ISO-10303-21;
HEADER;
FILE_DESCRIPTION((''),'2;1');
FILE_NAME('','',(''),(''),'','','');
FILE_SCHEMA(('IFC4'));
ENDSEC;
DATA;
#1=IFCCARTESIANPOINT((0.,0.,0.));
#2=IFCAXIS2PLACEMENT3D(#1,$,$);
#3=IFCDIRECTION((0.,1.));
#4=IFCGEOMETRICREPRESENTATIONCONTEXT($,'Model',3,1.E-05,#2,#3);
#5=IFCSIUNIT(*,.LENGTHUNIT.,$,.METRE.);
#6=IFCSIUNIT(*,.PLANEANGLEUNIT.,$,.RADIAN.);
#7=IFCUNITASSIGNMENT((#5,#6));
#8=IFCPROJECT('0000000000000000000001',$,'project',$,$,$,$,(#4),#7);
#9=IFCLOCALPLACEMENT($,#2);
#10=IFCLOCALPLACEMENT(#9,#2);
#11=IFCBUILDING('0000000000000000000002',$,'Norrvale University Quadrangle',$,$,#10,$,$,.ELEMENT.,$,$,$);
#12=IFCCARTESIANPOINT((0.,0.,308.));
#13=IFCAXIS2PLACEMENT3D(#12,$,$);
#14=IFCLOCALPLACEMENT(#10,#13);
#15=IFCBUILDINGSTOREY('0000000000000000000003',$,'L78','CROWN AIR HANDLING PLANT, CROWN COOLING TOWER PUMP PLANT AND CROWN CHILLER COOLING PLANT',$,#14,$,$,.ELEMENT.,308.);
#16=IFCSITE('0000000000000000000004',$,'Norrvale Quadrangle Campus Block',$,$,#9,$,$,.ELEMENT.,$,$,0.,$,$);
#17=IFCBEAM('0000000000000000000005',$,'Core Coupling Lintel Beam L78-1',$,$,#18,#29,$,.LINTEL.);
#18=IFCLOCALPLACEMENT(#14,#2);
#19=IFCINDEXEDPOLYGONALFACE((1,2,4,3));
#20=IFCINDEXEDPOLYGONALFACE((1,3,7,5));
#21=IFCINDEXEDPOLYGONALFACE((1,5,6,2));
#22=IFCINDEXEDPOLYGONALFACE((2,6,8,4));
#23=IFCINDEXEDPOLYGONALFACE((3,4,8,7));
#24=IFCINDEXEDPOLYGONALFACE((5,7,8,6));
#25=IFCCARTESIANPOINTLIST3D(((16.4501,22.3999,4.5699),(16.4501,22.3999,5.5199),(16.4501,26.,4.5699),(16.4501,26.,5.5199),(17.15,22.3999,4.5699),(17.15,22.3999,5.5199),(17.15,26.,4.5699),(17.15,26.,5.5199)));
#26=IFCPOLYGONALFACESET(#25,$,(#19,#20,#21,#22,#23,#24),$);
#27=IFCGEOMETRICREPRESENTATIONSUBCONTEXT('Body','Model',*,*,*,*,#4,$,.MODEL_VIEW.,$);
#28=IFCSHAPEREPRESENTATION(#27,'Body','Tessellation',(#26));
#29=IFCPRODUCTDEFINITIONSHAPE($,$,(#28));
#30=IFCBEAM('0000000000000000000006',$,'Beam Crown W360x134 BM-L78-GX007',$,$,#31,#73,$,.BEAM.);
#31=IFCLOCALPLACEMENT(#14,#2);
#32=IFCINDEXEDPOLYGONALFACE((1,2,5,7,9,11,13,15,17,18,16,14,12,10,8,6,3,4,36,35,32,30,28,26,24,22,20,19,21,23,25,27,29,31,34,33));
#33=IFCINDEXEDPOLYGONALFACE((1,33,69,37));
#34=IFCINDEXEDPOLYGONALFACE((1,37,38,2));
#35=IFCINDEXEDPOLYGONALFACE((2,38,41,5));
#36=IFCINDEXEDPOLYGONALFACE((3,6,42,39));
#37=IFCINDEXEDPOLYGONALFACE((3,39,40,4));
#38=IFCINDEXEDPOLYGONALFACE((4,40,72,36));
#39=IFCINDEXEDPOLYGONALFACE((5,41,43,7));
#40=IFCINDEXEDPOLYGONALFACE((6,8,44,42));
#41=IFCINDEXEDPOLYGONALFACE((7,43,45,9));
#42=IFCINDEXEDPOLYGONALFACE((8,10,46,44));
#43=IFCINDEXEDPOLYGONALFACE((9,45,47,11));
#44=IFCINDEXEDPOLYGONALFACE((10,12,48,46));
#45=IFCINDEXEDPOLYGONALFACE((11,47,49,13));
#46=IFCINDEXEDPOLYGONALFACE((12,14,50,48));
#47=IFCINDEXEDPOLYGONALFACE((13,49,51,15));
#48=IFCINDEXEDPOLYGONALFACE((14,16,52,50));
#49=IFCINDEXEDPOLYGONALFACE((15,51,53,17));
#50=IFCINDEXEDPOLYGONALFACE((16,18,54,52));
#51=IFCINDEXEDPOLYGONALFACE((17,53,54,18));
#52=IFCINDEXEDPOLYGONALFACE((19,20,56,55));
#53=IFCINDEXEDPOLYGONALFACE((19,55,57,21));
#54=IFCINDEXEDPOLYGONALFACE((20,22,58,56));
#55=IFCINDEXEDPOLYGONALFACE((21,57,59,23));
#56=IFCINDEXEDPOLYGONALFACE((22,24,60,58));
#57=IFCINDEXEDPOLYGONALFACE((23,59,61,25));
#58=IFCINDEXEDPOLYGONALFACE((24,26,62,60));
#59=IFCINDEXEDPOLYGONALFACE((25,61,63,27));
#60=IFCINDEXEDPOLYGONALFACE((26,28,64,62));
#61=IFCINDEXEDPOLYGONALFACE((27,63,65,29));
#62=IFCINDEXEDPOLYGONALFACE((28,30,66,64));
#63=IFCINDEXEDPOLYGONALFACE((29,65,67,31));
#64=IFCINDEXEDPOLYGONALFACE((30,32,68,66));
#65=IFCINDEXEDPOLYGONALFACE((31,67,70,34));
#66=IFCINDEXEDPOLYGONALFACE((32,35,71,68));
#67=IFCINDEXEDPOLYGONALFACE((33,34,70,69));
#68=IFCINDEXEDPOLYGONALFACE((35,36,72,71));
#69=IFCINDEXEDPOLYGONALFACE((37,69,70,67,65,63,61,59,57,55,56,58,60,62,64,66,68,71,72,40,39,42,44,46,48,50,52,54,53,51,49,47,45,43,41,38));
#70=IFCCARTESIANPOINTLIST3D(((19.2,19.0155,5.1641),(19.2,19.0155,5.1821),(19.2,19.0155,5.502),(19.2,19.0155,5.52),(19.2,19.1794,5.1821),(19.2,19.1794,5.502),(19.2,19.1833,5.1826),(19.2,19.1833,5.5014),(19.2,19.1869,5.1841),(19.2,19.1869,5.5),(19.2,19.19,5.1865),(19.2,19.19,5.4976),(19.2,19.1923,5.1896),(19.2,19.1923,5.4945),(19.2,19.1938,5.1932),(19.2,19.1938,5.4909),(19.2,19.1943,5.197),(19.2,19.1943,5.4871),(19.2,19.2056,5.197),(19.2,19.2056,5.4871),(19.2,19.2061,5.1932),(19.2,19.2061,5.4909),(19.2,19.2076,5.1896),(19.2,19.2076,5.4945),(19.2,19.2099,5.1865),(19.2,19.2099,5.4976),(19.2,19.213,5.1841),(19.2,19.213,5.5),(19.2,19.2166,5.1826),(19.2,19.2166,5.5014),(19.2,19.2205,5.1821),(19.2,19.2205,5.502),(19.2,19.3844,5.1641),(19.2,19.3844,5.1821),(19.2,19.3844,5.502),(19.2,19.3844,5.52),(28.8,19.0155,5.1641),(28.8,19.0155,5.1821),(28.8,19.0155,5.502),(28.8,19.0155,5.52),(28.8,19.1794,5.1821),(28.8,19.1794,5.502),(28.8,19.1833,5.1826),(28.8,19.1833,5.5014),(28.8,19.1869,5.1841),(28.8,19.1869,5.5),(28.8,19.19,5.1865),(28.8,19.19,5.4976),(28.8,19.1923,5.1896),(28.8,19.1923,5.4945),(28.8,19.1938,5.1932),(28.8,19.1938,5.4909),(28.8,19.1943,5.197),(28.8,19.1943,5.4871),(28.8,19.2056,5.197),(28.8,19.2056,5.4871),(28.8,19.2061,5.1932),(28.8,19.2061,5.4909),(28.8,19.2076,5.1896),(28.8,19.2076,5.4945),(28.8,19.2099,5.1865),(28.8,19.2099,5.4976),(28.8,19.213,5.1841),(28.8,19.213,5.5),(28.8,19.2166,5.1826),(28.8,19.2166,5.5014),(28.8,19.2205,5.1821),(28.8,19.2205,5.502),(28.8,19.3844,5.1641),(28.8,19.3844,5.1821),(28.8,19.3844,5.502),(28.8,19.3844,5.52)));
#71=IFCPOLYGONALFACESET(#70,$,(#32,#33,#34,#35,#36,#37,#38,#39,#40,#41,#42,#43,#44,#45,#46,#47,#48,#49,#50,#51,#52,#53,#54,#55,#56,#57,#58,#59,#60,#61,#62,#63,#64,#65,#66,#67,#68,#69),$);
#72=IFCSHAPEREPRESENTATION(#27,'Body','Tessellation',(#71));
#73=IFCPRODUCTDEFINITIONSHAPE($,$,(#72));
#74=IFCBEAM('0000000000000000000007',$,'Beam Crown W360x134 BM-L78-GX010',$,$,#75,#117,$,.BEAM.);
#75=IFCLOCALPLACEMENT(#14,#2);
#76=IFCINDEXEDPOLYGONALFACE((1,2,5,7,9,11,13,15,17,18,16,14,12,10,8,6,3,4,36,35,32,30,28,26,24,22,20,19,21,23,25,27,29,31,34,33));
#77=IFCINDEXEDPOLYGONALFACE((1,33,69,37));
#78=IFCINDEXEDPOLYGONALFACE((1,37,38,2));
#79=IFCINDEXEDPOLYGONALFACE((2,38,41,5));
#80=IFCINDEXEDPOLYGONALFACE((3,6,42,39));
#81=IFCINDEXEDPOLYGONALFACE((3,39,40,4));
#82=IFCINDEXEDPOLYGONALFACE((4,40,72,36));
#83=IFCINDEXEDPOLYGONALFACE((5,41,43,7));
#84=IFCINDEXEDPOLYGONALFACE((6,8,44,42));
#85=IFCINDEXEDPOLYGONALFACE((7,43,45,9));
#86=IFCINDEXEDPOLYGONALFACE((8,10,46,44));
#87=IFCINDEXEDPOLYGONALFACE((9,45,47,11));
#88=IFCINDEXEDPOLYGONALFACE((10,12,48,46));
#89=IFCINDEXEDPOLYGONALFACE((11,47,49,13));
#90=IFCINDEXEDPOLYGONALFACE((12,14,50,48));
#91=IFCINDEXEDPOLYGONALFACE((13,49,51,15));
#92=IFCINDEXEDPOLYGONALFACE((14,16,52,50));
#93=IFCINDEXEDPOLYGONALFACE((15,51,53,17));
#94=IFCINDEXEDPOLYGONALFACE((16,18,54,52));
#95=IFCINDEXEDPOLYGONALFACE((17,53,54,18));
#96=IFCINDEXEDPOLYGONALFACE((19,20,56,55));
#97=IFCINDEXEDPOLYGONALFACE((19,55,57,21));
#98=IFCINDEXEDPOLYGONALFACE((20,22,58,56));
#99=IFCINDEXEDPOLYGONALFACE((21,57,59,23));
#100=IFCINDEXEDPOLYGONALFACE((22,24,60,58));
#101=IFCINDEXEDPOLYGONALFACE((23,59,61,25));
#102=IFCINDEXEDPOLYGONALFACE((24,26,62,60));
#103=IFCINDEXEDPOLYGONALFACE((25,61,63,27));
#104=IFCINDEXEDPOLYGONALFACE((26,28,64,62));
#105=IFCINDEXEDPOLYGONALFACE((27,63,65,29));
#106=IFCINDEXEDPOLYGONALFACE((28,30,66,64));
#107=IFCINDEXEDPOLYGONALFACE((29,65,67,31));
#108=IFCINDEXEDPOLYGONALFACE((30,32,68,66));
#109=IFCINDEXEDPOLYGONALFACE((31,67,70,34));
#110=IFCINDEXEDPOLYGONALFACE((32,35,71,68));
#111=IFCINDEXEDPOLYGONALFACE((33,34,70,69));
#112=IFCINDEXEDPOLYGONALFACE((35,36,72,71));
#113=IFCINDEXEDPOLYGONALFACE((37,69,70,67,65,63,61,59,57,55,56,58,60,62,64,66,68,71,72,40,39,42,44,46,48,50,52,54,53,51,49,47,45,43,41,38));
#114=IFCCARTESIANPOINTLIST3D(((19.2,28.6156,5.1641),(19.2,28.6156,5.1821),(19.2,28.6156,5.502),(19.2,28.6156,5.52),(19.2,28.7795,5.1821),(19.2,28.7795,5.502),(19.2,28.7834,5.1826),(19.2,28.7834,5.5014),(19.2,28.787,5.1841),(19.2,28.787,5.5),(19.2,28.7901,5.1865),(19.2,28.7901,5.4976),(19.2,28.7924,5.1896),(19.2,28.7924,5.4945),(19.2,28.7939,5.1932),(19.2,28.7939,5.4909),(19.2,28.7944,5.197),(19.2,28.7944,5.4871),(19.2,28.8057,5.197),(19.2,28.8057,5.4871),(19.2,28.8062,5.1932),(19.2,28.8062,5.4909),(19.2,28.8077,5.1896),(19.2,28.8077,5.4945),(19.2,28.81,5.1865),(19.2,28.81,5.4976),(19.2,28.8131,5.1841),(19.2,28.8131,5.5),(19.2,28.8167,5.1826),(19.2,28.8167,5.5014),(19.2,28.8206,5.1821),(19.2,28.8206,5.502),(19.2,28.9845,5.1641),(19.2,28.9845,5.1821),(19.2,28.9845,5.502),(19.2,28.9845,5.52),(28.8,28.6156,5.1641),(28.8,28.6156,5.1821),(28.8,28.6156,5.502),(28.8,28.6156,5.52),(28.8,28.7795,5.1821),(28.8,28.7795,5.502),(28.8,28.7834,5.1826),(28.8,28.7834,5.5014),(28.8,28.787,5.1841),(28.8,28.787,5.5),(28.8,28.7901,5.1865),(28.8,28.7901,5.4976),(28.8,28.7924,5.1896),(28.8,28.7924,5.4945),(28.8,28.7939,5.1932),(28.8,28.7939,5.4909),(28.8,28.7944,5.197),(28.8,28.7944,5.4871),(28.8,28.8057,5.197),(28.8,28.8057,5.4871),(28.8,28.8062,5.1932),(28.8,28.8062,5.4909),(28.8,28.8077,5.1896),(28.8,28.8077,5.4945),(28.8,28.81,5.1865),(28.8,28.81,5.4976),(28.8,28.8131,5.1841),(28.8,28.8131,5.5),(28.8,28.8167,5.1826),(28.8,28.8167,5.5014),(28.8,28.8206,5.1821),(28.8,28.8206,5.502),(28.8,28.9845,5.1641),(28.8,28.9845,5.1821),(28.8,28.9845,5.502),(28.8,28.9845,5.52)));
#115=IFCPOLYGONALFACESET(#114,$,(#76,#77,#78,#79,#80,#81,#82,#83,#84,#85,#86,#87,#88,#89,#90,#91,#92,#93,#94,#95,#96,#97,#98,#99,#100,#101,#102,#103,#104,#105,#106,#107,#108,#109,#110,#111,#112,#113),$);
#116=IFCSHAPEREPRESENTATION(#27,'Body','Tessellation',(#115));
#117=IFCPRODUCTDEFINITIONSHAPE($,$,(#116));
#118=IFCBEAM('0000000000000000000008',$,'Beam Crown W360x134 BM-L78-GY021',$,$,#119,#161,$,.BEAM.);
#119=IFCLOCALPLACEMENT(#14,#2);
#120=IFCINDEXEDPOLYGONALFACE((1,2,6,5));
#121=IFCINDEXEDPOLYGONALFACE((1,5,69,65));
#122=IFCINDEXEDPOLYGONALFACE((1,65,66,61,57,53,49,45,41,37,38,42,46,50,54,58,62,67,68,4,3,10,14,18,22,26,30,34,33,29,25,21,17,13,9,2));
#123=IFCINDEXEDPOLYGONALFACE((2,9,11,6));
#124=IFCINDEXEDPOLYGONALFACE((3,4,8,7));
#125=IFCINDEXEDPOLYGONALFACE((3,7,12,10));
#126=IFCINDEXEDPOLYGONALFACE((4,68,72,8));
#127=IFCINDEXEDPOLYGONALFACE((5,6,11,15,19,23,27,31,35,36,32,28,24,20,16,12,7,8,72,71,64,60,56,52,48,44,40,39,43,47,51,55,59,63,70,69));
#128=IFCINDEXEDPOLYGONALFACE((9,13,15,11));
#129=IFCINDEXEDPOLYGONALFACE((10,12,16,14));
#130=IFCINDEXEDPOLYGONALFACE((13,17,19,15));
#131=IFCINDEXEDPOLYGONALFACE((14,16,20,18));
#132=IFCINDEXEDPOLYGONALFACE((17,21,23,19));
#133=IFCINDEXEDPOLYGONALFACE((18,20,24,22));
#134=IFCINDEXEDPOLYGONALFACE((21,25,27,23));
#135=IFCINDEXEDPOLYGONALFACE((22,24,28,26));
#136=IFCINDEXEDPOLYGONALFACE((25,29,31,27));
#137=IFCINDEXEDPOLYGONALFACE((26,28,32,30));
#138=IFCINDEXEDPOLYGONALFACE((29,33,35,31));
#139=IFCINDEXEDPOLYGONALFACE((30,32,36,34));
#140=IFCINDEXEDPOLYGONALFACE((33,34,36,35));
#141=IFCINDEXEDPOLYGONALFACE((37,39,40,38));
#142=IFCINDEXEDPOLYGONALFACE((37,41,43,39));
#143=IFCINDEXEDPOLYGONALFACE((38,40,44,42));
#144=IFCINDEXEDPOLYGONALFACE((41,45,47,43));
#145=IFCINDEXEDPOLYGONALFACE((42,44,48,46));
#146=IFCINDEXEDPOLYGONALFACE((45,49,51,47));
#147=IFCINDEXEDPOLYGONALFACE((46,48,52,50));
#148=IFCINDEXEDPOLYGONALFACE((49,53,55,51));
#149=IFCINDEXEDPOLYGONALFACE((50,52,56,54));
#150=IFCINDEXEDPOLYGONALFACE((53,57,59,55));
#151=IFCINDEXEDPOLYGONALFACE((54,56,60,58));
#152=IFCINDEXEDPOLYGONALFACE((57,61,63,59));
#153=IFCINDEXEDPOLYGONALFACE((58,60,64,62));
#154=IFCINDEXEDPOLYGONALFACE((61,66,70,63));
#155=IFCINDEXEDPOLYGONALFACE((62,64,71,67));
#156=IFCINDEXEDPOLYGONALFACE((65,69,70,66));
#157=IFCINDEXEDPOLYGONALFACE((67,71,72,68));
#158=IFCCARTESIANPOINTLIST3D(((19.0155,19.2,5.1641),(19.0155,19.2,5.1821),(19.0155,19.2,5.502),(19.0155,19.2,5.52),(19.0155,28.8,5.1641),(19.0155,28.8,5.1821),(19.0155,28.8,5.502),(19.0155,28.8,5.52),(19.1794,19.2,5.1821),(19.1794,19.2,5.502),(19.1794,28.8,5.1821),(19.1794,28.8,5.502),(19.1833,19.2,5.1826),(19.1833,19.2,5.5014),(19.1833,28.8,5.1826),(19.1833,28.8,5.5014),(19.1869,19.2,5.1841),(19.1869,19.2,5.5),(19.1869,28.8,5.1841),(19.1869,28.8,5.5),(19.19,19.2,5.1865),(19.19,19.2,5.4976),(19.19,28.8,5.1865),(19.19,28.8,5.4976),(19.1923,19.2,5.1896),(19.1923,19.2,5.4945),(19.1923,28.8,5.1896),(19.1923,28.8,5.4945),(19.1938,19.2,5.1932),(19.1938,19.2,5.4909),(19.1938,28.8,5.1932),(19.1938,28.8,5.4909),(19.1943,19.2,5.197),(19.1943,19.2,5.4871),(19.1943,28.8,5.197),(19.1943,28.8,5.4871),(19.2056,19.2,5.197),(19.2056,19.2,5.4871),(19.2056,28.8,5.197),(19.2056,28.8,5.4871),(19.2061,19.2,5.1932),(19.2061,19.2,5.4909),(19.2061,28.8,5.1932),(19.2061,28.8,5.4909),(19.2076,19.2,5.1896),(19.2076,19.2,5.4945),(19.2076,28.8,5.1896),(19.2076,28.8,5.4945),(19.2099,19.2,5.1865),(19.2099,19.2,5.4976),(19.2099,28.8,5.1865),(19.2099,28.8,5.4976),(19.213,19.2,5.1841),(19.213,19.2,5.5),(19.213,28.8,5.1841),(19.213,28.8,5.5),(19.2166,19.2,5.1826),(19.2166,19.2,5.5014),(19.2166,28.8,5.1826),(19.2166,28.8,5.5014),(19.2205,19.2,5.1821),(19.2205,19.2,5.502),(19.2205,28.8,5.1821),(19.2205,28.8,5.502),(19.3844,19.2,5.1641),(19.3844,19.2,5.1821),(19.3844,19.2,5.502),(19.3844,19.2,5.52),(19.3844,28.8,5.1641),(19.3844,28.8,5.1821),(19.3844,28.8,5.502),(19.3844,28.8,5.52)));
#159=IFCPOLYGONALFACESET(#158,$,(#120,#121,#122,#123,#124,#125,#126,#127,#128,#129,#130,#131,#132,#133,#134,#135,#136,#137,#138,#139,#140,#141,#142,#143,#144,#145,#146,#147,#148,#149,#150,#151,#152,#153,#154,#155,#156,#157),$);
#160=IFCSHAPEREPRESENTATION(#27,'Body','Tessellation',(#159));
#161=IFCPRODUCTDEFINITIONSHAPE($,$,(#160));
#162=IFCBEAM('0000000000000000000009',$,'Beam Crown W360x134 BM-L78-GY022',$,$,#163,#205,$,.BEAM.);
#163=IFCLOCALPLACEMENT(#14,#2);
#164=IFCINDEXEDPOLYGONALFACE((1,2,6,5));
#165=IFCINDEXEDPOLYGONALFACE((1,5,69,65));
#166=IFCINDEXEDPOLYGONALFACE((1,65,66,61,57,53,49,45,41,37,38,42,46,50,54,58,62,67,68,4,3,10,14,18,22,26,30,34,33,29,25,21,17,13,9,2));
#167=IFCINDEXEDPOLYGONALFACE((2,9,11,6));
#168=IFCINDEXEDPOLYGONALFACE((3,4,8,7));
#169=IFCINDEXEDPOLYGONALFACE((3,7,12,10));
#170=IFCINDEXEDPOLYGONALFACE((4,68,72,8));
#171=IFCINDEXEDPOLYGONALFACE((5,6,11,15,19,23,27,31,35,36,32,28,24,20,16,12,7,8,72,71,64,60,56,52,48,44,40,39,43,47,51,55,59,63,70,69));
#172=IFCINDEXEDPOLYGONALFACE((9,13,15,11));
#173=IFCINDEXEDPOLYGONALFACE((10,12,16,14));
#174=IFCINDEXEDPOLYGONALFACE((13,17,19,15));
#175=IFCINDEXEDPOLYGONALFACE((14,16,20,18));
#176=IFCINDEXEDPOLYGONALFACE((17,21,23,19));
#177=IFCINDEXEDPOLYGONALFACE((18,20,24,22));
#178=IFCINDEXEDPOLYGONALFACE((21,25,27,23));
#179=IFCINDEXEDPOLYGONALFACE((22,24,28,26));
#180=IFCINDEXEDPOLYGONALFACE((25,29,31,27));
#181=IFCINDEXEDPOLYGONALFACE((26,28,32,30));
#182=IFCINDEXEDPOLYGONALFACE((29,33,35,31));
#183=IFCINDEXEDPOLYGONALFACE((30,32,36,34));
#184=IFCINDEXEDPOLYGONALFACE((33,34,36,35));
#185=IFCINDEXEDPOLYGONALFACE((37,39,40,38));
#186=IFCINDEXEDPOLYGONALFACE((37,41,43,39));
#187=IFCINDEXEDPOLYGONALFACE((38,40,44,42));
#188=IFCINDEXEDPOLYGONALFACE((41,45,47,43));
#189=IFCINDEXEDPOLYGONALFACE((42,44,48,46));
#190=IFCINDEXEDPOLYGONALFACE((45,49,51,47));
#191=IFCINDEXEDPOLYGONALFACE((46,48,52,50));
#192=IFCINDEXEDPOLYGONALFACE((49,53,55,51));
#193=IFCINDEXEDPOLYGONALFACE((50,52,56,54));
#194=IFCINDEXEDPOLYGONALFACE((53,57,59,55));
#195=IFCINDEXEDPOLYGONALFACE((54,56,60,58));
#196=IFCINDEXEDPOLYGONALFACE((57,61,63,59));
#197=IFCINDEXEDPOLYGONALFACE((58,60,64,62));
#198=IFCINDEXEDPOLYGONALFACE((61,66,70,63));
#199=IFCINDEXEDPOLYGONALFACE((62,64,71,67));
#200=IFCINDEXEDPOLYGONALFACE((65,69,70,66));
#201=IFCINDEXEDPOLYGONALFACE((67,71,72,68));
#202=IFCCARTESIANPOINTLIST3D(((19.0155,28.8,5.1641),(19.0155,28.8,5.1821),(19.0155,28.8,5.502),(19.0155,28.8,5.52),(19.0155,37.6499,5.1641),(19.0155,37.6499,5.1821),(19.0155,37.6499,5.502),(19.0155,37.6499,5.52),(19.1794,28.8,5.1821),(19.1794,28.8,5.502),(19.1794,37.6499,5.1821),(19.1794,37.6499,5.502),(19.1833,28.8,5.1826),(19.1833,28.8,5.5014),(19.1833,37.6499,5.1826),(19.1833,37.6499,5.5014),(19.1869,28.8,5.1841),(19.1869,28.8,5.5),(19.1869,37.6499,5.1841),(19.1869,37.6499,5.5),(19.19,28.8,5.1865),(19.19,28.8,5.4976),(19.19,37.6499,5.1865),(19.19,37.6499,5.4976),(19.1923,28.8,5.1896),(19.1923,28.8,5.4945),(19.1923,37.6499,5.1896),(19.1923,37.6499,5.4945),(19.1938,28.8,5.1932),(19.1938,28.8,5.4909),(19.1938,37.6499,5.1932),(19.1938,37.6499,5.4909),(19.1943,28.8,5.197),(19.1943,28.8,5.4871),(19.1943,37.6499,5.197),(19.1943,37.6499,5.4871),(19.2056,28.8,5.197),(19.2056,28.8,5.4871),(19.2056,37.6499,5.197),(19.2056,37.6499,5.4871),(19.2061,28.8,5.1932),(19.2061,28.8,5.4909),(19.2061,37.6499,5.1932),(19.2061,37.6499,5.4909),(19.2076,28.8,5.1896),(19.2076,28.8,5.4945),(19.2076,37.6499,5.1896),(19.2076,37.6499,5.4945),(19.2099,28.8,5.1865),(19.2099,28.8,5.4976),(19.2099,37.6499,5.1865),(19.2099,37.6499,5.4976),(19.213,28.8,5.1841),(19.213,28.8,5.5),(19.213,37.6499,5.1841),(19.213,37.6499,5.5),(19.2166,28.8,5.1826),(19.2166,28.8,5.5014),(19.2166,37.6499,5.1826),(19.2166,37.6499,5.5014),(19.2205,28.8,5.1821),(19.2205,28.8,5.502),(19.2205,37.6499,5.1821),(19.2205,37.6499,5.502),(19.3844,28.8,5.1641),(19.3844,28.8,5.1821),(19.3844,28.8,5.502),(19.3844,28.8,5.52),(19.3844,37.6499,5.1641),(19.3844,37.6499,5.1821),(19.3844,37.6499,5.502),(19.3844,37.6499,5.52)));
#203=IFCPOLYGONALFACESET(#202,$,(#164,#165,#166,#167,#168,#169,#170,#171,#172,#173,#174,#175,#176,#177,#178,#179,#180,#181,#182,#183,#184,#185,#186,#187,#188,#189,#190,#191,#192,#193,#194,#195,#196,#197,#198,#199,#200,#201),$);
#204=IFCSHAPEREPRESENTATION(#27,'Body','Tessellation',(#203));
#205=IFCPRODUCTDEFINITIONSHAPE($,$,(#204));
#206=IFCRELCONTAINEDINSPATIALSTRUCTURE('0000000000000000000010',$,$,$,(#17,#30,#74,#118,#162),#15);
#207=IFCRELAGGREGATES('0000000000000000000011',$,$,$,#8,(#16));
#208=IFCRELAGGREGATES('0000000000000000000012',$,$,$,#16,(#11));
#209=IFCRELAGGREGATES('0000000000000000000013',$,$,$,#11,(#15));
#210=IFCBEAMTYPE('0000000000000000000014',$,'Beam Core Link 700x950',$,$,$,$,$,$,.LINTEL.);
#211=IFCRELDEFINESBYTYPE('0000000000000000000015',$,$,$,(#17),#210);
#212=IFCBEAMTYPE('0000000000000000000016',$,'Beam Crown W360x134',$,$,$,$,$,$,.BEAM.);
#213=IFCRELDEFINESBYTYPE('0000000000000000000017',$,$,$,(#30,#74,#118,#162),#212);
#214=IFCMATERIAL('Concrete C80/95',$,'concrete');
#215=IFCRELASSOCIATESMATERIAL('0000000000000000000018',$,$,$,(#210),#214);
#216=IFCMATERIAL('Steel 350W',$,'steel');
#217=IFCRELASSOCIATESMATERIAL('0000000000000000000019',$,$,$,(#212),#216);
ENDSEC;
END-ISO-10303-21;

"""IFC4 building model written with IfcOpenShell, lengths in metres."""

from ifc_helpers import new_model, si_unit, direction, frame, origin, origin_2d, place, context, subcontext, project, spatial, rectangle, i_section, extrude, material, material_profile, profile_set, type_object, element, save


model = new_model("IFC4")

# Units and contexts
model_context = context("Model", 3, precision=1e-05, world=origin(), true_north=direction((0.0, 1.0)))
body_context = subcontext(model_context, "Body", "Model", "MODEL_VIEW")
ifc_project = project(units=[si_unit("LENGTHUNIT", "METRE"), si_unit("PLANEANGLEUNIT", "RADIAN")], contexts=[model_context])

# Site, building, storey
site_placement = place(None, origin())
site = spatial("IfcSite", under=ifc_project, at=site_placement, Name="Norrvale Quadrangle Campus Block", CompositionType="ELEMENT", RefElevation=0.0)
building_placement = place(site_placement, origin())
building = spatial("IfcBuilding", under=site, at=building_placement, Name="Norrvale University Quadrangle", CompositionType="ELEMENT")
storey_placement = place(building_placement, frame((0.0, 0.0, 308.0)))
storey = spatial("IfcBuildingStorey", under=building, at=storey_placement, Name="L78", Description="CROWN AIR HANDLING PLANT, CROWN COOLING TOWER PUMP PLANT AND CROWN CHILLER COOLING PLANT", CompositionType="ELEMENT", Elevation=308.0)

# Shared definitions
ifc_material_1 = material(Name="Steel 350W", Category="steel")

# Beams
ifc_material_2 = material(Name="Concrete C80/95", Category="concrete")
ifc_material_profile_1 = material_profile(ifc_material_2, rectangle(XDim=0.7, YDim=0.95, at=origin_2d()), Name="Concrete C80/95")
ifc_profile_set_1 = profile_set([ifc_material_profile_1], Name="Concrete C80/95")
beam_type_1 = type_object("IfcBeamType", Name="Beam Core Link 700x950", PredefinedType="LINTEL", material=ifc_profile_set_1)
beam_1_placement = place(storey_placement, frame((16.8, 22.3999, 5.0449), z_axis=(0.0, 1.0, 0.0), x_axis=(-1.0, 0.0, 0.0)))
element("IfcBeam", 1, at=beam_1_placement, inside=storey, type_object=beam_type_1, Name="Core Coupling Lintel Beam L78-1", PredefinedType="LINTEL", context=body_context, shape_type="SweptSolid", body=[
    extrude(rectangle(XDim=0.7, YDim=0.95, at=origin_2d()), origin(), (0.0, 0.0, 1.0), 3.6001),
])
ifc_material_profile_2 = material_profile(ifc_material_1, i_section(OverallWidth=0.3689, OverallDepth=0.356, WebThickness=0.0112, FlangeThickness=0.0181, FilletRadius=0.0149, at=origin_2d()), Name="Steel 350W")
ifc_profile_set_2 = profile_set([ifc_material_profile_2], Name="Steel 350W")
beam_type_2 = type_object("IfcBeamType", Name="Beam Crown W360x134", PredefinedType="BEAM", material=ifc_profile_set_2)
for number, where, z_axis, x_axis, name in (
    (2, (19.2, 19.2, 5.342), (1.0, 0.0, 0.0), (0.0, 1.0, 0.0), "Beam Crown W360x134 BM-L78-GX007"),
    (3, (19.2, 28.8, 5.342), (1.0, 0.0, 0.0), (0.0, 1.0, 0.0), "Beam Crown W360x134 BM-L78-GX010"),
    (4, (19.2, 19.2, 5.342), (0.0, 1.0, 0.0), (-1.0, 0.0, 0.0), "Beam Crown W360x134 BM-L78-GY021"),
):
    element("IfcBeam", number, at=place(storey_placement, frame(where, z_axis=z_axis, x_axis=x_axis)), inside=storey, type_object=beam_type_2, Name=name, PredefinedType="BEAM", context=body_context, shape_type="SweptSolid", body=[
        extrude(i_section(OverallWidth=0.3689, OverallDepth=0.356, WebThickness=0.0112, FlangeThickness=0.0181, FilletRadius=0.0149, at=origin_2d()), origin(), (0.0, 0.0, 1.0), 9.6001),
    ])
beam_2_placement = place(storey_placement, frame((19.2, 28.8, 5.342), z_axis=(0.0, 1.0, 0.0), x_axis=(-1.0, 0.0, 0.0)))
element("IfcBeam", 5, at=beam_2_placement, inside=storey, type_object=beam_type_2, Name="Beam Crown W360x134 BM-L78-GY022", PredefinedType="BEAM", context=body_context, shape_type="SweptSolid", body=[
    extrude(i_section(OverallWidth=0.3689, OverallDepth=0.356, WebThickness=0.0112, FlangeThickness=0.0181, FilletRadius=0.0149, at=origin_2d()), origin(), (0.0, 0.0, 1.0), 8.8499),
])

save(model, "model.ifc")
